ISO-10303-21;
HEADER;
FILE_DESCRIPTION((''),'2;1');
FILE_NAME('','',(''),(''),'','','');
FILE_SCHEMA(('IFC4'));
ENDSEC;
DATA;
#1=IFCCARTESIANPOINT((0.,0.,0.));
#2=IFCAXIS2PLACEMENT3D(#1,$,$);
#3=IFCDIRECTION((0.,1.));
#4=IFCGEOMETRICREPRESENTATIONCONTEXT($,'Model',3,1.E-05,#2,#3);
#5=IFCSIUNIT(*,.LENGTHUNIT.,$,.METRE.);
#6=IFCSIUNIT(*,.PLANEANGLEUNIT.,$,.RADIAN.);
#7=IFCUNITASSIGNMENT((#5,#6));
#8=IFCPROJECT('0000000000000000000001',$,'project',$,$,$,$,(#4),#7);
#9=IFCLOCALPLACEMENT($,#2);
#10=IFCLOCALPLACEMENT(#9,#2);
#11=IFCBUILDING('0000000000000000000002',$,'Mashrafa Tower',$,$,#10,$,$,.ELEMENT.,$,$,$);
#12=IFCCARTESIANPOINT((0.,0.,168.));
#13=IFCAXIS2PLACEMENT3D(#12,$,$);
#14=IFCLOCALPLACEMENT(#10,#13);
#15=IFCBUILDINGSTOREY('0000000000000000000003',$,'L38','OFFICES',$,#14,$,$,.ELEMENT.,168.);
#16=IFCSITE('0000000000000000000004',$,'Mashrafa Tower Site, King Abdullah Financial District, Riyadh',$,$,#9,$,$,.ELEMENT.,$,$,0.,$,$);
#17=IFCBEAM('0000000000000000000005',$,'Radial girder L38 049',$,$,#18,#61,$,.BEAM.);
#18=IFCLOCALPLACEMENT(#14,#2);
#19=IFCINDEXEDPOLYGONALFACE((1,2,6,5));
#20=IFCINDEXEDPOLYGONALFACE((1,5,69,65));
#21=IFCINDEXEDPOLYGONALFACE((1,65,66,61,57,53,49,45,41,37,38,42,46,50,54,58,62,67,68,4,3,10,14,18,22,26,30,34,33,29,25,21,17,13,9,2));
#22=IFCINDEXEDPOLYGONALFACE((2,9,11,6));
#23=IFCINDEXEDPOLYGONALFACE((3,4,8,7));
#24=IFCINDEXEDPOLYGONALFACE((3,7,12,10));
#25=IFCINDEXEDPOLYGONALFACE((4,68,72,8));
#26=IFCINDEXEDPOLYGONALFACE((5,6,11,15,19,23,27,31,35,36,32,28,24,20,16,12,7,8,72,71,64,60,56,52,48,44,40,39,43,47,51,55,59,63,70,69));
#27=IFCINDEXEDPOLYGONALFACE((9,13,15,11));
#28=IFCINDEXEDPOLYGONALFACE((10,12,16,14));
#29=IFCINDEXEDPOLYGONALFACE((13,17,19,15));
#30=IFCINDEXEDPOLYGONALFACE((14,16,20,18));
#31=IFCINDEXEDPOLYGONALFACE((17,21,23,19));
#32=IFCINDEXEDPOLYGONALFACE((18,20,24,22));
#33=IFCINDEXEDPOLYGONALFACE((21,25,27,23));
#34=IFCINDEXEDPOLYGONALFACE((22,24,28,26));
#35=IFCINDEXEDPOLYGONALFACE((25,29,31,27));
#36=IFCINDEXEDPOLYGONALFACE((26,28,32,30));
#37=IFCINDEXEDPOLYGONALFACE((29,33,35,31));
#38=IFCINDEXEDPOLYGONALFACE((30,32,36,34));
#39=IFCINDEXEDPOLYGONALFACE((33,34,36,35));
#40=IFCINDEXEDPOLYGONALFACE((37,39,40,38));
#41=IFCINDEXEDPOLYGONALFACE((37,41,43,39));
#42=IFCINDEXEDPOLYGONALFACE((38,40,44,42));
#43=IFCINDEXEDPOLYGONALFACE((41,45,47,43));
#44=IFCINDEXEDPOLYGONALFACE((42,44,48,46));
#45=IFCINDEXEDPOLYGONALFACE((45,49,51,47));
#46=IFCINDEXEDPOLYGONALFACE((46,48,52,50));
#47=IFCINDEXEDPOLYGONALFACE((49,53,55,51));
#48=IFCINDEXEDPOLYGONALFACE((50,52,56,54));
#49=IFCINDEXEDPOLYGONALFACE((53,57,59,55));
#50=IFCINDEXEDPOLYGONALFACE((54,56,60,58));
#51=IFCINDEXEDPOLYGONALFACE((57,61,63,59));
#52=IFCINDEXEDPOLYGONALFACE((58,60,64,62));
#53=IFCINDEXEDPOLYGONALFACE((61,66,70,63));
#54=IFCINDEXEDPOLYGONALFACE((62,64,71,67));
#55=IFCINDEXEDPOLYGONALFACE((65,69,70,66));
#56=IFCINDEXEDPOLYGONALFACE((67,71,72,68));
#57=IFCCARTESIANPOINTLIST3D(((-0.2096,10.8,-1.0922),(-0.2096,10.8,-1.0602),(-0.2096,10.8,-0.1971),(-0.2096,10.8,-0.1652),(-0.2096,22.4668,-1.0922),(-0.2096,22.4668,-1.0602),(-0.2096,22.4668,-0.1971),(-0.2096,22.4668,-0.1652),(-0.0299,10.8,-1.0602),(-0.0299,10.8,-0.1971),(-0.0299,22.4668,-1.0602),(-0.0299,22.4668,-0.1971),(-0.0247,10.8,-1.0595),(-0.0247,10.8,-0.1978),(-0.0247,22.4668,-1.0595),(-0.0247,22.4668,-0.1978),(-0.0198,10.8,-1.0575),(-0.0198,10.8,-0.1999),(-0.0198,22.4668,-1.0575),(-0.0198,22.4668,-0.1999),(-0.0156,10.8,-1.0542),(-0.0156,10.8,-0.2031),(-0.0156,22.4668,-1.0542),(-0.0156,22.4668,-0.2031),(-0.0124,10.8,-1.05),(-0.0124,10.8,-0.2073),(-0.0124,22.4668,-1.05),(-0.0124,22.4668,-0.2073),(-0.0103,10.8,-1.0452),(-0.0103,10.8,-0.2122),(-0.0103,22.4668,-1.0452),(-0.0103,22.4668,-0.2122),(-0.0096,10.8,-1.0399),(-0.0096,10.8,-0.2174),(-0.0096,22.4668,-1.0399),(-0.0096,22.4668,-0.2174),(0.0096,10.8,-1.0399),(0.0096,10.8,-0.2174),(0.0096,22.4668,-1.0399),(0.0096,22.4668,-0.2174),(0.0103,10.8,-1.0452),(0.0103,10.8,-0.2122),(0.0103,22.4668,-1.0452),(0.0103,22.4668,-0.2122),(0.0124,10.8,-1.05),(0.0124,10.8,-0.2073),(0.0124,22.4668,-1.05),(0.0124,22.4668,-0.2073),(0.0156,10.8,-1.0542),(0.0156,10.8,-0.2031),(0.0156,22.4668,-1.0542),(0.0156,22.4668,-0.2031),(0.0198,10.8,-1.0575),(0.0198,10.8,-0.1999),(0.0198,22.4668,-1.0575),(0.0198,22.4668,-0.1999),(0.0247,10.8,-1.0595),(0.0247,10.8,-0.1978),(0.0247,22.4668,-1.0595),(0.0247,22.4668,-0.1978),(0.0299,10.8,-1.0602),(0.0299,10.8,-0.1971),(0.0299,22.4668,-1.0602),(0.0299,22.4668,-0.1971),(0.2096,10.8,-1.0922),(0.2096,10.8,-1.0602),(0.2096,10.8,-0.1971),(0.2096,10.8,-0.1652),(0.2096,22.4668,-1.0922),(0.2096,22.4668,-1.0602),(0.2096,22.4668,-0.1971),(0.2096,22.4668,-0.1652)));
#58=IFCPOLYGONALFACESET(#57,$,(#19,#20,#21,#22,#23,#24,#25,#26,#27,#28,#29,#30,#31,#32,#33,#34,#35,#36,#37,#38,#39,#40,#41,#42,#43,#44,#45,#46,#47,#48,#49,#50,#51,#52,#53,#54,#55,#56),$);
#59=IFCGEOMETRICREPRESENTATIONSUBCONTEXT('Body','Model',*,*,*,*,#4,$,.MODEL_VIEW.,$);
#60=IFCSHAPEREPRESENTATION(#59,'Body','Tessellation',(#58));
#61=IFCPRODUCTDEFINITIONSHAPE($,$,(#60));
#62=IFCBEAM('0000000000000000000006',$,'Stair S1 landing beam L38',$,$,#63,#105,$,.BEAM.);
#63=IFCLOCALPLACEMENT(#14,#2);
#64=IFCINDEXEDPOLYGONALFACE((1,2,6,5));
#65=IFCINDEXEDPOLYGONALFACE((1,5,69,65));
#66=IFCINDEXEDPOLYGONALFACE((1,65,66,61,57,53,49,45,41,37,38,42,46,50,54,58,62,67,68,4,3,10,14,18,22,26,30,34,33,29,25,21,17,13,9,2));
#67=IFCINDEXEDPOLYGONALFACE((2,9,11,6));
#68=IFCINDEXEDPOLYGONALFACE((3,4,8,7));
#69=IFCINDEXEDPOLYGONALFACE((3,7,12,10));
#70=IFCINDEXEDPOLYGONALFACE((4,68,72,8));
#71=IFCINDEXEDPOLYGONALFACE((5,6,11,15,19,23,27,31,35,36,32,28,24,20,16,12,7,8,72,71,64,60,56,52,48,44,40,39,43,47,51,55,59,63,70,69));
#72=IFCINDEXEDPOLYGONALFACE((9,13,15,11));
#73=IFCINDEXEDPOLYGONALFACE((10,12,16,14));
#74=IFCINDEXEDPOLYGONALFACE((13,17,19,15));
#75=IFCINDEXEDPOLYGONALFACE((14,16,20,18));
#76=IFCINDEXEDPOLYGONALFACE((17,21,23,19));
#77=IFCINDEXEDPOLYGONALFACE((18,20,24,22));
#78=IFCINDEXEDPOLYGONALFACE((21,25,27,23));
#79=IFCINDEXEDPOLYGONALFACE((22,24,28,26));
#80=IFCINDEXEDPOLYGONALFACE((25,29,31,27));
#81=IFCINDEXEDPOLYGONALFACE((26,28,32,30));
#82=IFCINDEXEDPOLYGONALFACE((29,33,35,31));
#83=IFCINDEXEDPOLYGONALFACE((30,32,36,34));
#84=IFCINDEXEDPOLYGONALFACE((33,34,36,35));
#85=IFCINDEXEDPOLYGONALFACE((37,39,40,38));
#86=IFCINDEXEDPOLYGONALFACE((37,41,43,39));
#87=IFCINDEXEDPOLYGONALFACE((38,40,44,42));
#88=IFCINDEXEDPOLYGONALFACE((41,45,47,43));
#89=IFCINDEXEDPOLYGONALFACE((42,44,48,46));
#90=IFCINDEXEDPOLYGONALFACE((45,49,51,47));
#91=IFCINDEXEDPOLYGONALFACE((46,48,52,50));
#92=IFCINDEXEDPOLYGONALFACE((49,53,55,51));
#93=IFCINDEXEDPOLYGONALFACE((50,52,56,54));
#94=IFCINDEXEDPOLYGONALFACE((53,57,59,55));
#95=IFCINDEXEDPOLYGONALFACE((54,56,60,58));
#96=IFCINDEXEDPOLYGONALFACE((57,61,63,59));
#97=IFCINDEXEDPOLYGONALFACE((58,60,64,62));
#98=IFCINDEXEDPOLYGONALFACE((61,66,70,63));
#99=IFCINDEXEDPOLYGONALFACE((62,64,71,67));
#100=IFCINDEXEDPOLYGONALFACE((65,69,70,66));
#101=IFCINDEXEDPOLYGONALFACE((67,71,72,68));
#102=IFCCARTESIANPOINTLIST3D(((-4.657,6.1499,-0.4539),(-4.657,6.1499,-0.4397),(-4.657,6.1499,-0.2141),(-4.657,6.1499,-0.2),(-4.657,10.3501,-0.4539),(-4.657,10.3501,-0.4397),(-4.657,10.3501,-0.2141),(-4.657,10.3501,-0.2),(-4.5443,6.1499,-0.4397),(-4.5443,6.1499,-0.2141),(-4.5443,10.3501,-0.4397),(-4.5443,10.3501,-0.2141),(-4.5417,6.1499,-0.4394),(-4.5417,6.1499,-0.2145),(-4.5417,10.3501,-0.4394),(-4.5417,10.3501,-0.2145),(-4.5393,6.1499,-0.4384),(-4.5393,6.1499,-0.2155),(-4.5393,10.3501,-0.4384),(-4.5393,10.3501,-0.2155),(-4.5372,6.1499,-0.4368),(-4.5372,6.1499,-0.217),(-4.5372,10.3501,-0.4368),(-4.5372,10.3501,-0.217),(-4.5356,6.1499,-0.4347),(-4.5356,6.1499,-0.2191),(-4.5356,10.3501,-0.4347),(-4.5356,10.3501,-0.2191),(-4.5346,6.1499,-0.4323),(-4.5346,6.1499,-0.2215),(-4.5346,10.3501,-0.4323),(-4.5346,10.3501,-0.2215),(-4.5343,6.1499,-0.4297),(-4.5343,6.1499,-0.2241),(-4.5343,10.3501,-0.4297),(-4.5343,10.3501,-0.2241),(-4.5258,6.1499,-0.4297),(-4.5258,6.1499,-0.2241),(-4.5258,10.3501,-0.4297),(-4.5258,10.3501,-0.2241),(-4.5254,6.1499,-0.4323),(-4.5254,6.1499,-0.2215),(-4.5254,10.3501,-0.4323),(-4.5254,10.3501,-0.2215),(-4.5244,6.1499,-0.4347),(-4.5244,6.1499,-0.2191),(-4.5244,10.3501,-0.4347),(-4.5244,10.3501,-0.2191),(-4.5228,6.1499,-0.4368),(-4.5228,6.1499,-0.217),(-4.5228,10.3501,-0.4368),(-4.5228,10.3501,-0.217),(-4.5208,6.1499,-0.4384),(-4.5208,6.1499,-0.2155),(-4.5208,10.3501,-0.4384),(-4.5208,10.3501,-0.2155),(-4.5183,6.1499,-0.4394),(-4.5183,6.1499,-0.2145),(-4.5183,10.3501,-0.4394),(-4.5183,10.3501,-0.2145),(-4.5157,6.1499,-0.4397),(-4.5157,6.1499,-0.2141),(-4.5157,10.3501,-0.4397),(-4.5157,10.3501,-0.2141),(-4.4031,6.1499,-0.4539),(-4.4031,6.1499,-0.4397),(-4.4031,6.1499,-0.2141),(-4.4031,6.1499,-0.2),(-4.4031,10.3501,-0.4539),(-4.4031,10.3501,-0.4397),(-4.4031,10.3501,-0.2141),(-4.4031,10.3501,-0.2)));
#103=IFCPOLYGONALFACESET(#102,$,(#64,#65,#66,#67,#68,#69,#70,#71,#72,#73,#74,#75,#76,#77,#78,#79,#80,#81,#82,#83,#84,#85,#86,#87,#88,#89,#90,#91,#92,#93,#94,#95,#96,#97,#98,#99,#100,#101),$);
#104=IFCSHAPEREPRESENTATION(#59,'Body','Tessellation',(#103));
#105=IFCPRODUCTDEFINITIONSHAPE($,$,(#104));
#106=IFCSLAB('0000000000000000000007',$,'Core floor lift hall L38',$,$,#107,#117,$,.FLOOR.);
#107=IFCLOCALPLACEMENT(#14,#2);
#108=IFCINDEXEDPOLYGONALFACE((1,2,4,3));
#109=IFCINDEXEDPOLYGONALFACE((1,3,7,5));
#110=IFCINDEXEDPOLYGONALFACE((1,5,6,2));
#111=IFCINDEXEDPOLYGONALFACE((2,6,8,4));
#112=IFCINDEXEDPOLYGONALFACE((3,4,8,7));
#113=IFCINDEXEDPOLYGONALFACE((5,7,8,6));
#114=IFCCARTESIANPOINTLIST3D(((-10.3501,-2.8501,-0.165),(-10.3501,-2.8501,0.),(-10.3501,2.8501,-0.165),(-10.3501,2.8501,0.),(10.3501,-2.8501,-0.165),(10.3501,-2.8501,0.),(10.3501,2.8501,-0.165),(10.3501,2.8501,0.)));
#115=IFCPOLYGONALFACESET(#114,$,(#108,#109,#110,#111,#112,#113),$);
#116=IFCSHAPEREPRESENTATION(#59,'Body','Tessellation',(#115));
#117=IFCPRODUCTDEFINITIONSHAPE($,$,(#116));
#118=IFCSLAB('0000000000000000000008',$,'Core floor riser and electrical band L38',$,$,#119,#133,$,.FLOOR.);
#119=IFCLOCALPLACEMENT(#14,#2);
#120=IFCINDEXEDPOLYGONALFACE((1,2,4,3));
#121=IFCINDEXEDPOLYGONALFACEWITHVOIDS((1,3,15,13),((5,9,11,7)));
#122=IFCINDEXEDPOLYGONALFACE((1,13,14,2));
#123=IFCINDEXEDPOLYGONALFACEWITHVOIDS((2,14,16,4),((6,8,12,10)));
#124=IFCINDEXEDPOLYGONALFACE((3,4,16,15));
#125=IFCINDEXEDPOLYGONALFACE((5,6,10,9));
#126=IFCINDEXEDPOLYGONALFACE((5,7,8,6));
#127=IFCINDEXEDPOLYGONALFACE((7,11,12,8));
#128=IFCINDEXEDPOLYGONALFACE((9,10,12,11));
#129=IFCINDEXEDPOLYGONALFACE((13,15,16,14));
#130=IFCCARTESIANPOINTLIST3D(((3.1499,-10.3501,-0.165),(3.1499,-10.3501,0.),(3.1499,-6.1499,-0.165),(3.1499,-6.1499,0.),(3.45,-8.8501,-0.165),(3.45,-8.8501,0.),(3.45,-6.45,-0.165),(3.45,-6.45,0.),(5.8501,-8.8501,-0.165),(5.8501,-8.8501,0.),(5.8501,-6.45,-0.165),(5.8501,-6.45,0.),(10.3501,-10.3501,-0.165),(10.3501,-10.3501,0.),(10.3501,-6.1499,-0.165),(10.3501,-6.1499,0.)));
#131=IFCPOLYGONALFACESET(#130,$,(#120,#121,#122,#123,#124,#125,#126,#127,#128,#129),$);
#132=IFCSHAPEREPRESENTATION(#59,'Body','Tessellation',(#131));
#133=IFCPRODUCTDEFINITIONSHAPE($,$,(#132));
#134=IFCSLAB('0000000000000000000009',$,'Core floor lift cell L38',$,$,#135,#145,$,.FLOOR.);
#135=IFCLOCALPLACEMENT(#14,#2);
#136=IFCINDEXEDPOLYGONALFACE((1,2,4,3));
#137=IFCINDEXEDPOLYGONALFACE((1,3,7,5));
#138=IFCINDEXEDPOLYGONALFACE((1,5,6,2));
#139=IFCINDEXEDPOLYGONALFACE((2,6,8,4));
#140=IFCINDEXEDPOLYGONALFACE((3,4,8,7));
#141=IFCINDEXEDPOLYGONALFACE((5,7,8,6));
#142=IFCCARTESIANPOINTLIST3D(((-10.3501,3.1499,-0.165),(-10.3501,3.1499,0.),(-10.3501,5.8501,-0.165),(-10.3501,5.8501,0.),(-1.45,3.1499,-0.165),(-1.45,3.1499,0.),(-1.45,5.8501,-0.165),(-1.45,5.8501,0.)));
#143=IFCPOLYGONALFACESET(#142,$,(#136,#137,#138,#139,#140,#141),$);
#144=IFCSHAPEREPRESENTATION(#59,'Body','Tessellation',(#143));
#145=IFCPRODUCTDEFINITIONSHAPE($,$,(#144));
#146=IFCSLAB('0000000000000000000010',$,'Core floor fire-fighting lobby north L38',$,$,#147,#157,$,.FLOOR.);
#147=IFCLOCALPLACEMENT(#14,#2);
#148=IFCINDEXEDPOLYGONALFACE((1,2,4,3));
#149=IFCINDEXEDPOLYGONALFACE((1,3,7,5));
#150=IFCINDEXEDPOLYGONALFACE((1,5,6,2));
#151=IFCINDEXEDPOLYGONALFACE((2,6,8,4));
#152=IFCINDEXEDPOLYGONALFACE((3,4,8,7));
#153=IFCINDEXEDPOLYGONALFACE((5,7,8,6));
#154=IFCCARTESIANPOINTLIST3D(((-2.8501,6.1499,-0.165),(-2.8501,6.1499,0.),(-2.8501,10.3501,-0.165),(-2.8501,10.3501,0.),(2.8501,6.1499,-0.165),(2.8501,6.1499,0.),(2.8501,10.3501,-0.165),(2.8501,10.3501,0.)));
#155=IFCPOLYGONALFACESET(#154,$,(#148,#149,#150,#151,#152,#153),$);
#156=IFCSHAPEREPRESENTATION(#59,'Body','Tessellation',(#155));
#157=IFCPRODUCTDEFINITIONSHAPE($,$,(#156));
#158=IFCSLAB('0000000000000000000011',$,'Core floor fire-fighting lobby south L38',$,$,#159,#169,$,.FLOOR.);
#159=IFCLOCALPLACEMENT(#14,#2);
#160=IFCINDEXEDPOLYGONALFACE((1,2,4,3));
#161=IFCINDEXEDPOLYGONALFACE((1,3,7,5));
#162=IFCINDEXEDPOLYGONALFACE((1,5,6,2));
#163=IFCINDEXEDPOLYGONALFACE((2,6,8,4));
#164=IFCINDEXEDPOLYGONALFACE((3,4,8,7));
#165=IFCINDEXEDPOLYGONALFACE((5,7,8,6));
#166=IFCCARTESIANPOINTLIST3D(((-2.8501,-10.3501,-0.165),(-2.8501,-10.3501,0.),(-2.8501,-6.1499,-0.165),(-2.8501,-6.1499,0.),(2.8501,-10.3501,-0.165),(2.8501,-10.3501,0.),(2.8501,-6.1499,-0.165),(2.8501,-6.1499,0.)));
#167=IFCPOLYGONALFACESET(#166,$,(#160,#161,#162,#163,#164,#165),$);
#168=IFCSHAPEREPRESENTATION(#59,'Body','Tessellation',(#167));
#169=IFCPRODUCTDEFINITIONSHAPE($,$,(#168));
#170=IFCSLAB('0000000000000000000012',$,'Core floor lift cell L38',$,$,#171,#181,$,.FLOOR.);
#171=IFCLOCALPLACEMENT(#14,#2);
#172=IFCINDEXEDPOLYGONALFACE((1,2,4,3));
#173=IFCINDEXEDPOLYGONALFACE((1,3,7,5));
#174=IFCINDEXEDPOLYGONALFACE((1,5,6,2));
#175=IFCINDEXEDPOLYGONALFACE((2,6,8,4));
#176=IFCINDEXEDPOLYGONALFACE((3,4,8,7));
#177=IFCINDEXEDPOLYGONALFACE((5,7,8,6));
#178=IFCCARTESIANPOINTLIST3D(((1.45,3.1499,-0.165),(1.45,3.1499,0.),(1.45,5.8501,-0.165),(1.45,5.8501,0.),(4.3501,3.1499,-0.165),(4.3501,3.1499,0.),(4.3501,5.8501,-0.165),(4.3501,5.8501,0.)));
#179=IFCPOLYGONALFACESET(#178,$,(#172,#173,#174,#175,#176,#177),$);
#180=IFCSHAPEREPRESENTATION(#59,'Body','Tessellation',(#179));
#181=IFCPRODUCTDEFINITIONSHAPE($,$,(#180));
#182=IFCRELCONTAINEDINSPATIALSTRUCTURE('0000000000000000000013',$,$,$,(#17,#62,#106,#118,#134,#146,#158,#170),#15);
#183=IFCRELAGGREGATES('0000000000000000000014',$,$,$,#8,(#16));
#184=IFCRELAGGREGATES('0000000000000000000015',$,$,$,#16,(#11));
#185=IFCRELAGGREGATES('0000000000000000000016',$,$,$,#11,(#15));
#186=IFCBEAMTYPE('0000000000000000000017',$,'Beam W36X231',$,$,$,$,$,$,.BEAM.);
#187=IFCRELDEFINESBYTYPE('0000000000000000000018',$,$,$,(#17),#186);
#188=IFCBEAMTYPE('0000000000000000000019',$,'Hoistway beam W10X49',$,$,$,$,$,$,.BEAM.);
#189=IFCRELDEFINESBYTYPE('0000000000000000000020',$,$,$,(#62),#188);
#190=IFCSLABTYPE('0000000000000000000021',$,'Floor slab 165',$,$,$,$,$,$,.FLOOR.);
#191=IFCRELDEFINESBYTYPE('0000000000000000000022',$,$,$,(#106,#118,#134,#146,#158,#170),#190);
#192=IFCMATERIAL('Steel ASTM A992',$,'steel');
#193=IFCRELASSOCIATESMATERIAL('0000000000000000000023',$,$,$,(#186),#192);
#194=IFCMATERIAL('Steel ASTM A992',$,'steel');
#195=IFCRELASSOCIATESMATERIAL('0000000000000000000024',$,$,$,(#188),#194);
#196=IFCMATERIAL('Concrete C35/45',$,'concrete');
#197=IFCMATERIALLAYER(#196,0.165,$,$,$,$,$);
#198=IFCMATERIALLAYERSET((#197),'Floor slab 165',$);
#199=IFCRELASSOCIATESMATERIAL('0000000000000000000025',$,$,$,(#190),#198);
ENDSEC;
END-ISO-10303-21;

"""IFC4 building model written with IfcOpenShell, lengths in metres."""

from ifc_helpers import new_model, si_unit, direction, frame, origin, origin_2d, place, context, subcontext, project, spatial, polyline, i_section, outline, extrude, material, layer, layer_set, material_profile, profile_set, type_object, element, save


model = new_model("IFC4")

# Units and contexts
model_context = context("Model", 3, precision=1e-05, world=origin(), true_north=direction((0.0, 1.0)))
body_context = subcontext(model_context, "Body", "Model", "MODEL_VIEW")
ifc_project = project(units=[si_unit("LENGTHUNIT", "METRE"), si_unit("PLANEANGLEUNIT", "RADIAN")], contexts=[model_context])

# Site, building, storey
site_placement = place(None, origin())
site = spatial("IfcSite", under=ifc_project, at=site_placement, Name="Mashrafa Tower Site, King Abdullah Financial District, Riyadh", CompositionType="ELEMENT", RefElevation=0.0)
building_placement = place(site_placement, origin())
building = spatial("IfcBuilding", under=site, at=building_placement, Name="Mashrafa Tower", CompositionType="ELEMENT")
storey_placement = place(building_placement, frame((0.0, 0.0, 168.0)))
storey = spatial("IfcBuildingStorey", under=building, at=storey_placement, Name="L38", Description="OFFICES", CompositionType="ELEMENT", Elevation=168.0)

# Beams
ifc_material_1 = material(Name="Steel ASTM A992", Category="steel")
ifc_material_profile_1 = material_profile(ifc_material_1, i_section(OverallWidth=0.4192, OverallDepth=0.927, WebThickness=0.0193, FlangeThickness=0.032, FilletRadius=0.0203, at=origin_2d()), Name="W36X231")
ifc_profile_set_1 = profile_set([ifc_material_profile_1], Name="Steel ASTM A992")
beam_type_1 = type_object("IfcBeamType", Name="Beam W36X231", PredefinedType="BEAM", material=ifc_profile_set_1)
beam_1_placement = place(storey_placement, frame((0.0, 10.8, -0.6287), z_axis=(0.0, 1.0, 0.0), x_axis=(-1.0, 0.0, 0.0)))
element("IfcBeam", 1, at=beam_1_placement, inside=storey, type_object=beam_type_1, Name="Radial girder L38 049", PredefinedType="BEAM", context=body_context, shape_type="SweptSolid", body=[
    extrude(i_section(OverallWidth=0.4192, OverallDepth=0.927, WebThickness=0.0193, FlangeThickness=0.032, FilletRadius=0.0203, at=origin_2d()), origin(), (0.0, 0.0, 1.0), 11.6667),
])
ifc_material_2 = material(Name="Steel ASTM A992", Category="steel")
ifc_material_profile_2 = material_profile(ifc_material_2, i_section(OverallWidth=0.2539, OverallDepth=0.2539, WebThickness=0.0085, FlangeThickness=0.0142, FilletRadius=0.01, at=origin_2d()), Name="W10X49")
ifc_profile_set_2 = profile_set([ifc_material_profile_2], Name="Steel ASTM A992")
beam_type_2 = type_object("IfcBeamType", Name="Hoistway beam W10X49", PredefinedType="BEAM", material=ifc_profile_set_2)
beam_2_placement = place(storey_placement, frame((-4.53, 6.1499, -0.3269), z_axis=(0.0, 1.0, 0.0), x_axis=(-1.0, 0.0, 0.0)))
element("IfcBeam", 2, at=beam_2_placement, inside=storey, type_object=beam_type_2, Name="Stair S1 landing beam L38", PredefinedType="BEAM", context=body_context, shape_type="SweptSolid", body=[
    extrude(i_section(OverallWidth=0.2539, OverallDepth=0.2539, WebThickness=0.0085, FlangeThickness=0.0142, FilletRadius=0.01, at=origin_2d()), origin(), (0.0, 0.0, 1.0), 4.2002),
])

# Slabs
ifc_material_3 = material(Name="Concrete C35/45", Category="concrete")
ifc_layer_1 = layer(ifc_material_3, 0.165)
ifc_layer_set_1 = layer_set([ifc_layer_1], Name="Floor slab 165")
slab_type = type_object("IfcSlabType", Name="Floor slab 165", PredefinedType="FLOOR", material=ifc_layer_set_1)
slab_1_placement = place(storey_placement, frame((0.0, 0.0, -0.165)))
element("IfcSlab", 3, at=slab_1_placement, inside=storey, type_object=slab_type, Name="Core floor lift hall L38", PredefinedType="FLOOR", context=body_context, shape_type="SweptSolid", body=[
    extrude(outline(polyline([(-10.3501, 2.8501), (10.3501, 2.8501), (10.3501, -2.8501), (-10.3501, -2.8501), (-10.3501, 2.8501)])), origin(), (0.0, 0.0, 1.0), 0.165),
])
slab_2_placement = place(storey_placement, frame((0.0, 0.0, -0.165)))
element("IfcSlab", 4, at=slab_2_placement, inside=storey, type_object=slab_type, Name="Core floor riser and electrical band L38", PredefinedType="FLOOR", context=body_context, shape_type="SweptSolid", body=[
    extrude(outline(polyline([(10.3501, -6.1499), (10.3501, -10.3501), (3.1499, -10.3501), (3.1499, -6.1499), (10.3501, -6.1499)]), holes=[polyline([(3.45, -8.8501), (5.8501, -8.8501), (5.8501, -6.45), (3.45, -6.45), (3.45, -8.8501)])]), origin(), (0.0, 0.0, 1.0), 0.165),
])
slab_3_placement = place(storey_placement, frame((0.0, 0.0, -0.165)))
element("IfcSlab", 5, at=slab_3_placement, inside=storey, type_object=slab_type, Name="Core floor lift cell L38", PredefinedType="FLOOR", context=body_context, shape_type="SweptSolid", body=[
    extrude(outline(polyline([(-1.45, 3.1499), (-10.3501, 3.1499), (-10.3501, 5.8501), (-1.45, 5.8501), (-1.45, 3.1499)])), origin(), (0.0, 0.0, 1.0), 0.165),
])
slab_4_placement = place(storey_placement, frame((0.0, 0.0, -0.165)))
element("IfcSlab", 6, at=slab_4_placement, inside=storey, type_object=slab_type, Name="Core floor fire-fighting lobby north L38", PredefinedType="FLOOR", context=body_context, shape_type="SweptSolid", body=[
    extrude(outline(polyline([(-2.8501, 10.3501), (2.8501, 10.3501), (2.8501, 6.1499), (-2.8501, 6.1499), (-2.8501, 10.3501)])), origin(), (0.0, 0.0, 1.0), 0.165),
])
slab_5_placement = place(storey_placement, frame((0.0, 0.0, -0.165)))
element("IfcSlab", 7, at=slab_5_placement, inside=storey, type_object=slab_type, Name="Core floor fire-fighting lobby south L38", PredefinedType="FLOOR", context=body_context, shape_type="SweptSolid", body=[
    extrude(outline(polyline([(2.8501, -6.1499), (2.8501, -10.3501), (-2.8501, -10.3501), (-2.8501, -6.1499), (2.8501, -6.1499)])), origin(), (0.0, 0.0, 1.0), 0.165),
])
slab_6_placement = place(storey_placement, frame((0.0, 0.0, -0.165)))
element("IfcSlab", 8, at=slab_6_placement, inside=storey, type_object=slab_type, Name="Core floor lift cell L38", PredefinedType="FLOOR", context=body_context, shape_type="SweptSolid", body=[
    extrude(outline(polyline([(4.3501, 5.8501), (4.3501, 3.1499), (1.45, 3.1499), (1.45, 5.8501), (4.3501, 5.8501)])), origin(), (0.0, 0.0, 1.0), 0.165),
])

save(model, "model.ifc")
